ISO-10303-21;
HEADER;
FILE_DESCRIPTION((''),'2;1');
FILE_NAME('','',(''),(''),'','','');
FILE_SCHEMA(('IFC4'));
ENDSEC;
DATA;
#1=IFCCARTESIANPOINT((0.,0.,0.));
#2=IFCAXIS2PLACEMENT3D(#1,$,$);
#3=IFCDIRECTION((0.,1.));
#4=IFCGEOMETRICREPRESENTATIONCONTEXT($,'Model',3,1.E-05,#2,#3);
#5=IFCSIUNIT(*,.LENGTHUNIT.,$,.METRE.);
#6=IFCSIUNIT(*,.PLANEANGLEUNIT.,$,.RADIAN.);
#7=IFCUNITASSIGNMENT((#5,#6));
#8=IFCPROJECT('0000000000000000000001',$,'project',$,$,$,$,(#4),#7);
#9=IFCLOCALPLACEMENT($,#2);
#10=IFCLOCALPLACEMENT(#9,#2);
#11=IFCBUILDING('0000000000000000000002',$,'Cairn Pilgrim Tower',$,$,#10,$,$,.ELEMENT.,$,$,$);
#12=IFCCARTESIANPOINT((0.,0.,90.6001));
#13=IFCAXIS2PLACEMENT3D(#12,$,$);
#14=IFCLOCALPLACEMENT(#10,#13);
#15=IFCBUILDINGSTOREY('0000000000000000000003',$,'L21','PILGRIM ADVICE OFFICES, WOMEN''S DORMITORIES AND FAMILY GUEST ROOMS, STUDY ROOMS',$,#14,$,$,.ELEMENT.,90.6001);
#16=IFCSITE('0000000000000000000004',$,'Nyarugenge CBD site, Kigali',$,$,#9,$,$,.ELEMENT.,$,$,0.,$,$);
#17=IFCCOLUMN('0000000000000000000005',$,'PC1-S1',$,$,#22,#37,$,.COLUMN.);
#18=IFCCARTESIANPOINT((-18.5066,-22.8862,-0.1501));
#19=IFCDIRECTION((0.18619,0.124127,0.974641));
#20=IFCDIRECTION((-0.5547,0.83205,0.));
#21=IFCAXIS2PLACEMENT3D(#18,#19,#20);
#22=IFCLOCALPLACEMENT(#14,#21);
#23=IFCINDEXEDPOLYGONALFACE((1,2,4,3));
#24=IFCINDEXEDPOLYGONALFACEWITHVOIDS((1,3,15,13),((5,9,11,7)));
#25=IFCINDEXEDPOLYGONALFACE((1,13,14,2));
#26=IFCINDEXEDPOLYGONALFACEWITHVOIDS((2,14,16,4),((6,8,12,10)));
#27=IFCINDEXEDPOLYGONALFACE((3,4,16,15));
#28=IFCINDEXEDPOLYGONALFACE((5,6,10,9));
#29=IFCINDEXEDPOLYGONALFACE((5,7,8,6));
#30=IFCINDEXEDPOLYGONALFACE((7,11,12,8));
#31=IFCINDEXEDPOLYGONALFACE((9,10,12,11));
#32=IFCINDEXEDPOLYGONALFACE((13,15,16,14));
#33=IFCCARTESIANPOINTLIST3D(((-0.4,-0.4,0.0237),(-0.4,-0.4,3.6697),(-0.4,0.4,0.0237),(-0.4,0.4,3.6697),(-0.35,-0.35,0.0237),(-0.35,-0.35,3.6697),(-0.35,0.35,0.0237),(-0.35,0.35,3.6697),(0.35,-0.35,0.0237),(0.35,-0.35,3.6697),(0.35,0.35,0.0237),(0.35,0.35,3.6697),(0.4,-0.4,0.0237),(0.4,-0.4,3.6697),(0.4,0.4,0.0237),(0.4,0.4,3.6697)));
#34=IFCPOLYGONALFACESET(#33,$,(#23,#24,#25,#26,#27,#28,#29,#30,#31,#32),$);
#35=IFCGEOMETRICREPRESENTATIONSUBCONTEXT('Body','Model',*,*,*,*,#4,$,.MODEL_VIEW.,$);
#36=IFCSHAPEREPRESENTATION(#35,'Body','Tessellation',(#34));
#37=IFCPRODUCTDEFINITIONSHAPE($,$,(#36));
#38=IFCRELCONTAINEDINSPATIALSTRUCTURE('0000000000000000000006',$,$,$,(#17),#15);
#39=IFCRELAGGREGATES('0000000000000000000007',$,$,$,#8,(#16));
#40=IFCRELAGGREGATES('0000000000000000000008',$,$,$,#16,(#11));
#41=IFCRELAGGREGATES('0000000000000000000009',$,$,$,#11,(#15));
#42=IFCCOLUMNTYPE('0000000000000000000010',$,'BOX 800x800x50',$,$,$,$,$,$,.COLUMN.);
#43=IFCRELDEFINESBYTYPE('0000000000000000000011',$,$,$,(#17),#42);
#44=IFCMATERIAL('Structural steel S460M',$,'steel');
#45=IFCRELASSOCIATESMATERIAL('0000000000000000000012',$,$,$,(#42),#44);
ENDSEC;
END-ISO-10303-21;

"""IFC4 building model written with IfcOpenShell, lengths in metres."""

from ifc_helpers import new_model, si_unit, direction, frame, origin, origin_2d, place, context, subcontext, project, spatial, hollow_rectangle, extrude, clip, halfspace, material, material_profile, profile_set, type_object, element, save


model = new_model("IFC4")

# Units and contexts
model_context = context("Model", 3, precision=1e-05, world=origin(), true_north=direction((0.0, 1.0)))
body_context = subcontext(model_context, "Body", "Model", "MODEL_VIEW")
ifc_project = project(units=[si_unit("LENGTHUNIT", "METRE"), si_unit("PLANEANGLEUNIT", "RADIAN")], contexts=[model_context])

# Site, building, storey
site_placement = place(None, origin())
site = spatial("IfcSite", under=ifc_project, at=site_placement, Name="Nyarugenge CBD site, Kigali", CompositionType="ELEMENT", RefElevation=0.0)
building_placement = place(site_placement, origin())
building = spatial("IfcBuilding", under=site, at=building_placement, Name="Cairn Pilgrim Tower", CompositionType="ELEMENT")
storey_placement = place(building_placement, frame((0.0, 0.0, 90.6001)))
storey = spatial("IfcBuildingStorey", under=building, at=storey_placement, Name="L21", Description="PILGRIM ADVICE OFFICES, WOMEN'S DORMITORIES AND FAMILY GUEST ROOMS, STUDY ROOMS", CompositionType="ELEMENT", Elevation=90.6001)

# Column
ifc_material_1 = material(Name="Structural steel S460M", Category="steel")
ifc_material_profile_1 = material_profile(ifc_material_1, hollow_rectangle(XDim=0.8, YDim=0.8, WallThickness=0.05, at=origin_2d()), Name="BOX 800x800x50")
ifc_profile_set_1 = profile_set([ifc_material_profile_1], Name="Structural steel S460M")
column_type_1 = type_object("IfcColumnType", Name="BOX 800x800x50", PredefinedType="COLUMN", material=ifc_profile_set_1)
column_1_placement = place(storey_placement, frame((-18.5066, -22.8862, -0.1501), z_axis=(0.18619, 0.124127, 0.974641), x_axis=(-0.5547, 0.83205, 0.0)))
element("IfcColumn", 1, at=column_1_placement, inside=storey, type_object=column_type_1, Name="PC1-S1", PredefinedType="COLUMN", context=body_context, shape_type="Clipping", body=[
    clip(clip(extrude(hollow_rectangle(XDim=0.8, YDim=0.8, WallThickness=0.05, at=origin_2d()), origin(), (0.0, 0.0, 1.0), 3.6938), halfspace(frame((0.0, 0.0, 0.0237), z_axis=(0.0, 0.0, 1.0), x_axis=(1.0, 0.0, 0.0)), True)), halfspace(frame((0.0, 0.0, 3.6697), z_axis=(0.0, 0.0, 1.0), x_axis=(1.0, 0.0, 0.0)), False)),
])

save(model, "model.ifc")
